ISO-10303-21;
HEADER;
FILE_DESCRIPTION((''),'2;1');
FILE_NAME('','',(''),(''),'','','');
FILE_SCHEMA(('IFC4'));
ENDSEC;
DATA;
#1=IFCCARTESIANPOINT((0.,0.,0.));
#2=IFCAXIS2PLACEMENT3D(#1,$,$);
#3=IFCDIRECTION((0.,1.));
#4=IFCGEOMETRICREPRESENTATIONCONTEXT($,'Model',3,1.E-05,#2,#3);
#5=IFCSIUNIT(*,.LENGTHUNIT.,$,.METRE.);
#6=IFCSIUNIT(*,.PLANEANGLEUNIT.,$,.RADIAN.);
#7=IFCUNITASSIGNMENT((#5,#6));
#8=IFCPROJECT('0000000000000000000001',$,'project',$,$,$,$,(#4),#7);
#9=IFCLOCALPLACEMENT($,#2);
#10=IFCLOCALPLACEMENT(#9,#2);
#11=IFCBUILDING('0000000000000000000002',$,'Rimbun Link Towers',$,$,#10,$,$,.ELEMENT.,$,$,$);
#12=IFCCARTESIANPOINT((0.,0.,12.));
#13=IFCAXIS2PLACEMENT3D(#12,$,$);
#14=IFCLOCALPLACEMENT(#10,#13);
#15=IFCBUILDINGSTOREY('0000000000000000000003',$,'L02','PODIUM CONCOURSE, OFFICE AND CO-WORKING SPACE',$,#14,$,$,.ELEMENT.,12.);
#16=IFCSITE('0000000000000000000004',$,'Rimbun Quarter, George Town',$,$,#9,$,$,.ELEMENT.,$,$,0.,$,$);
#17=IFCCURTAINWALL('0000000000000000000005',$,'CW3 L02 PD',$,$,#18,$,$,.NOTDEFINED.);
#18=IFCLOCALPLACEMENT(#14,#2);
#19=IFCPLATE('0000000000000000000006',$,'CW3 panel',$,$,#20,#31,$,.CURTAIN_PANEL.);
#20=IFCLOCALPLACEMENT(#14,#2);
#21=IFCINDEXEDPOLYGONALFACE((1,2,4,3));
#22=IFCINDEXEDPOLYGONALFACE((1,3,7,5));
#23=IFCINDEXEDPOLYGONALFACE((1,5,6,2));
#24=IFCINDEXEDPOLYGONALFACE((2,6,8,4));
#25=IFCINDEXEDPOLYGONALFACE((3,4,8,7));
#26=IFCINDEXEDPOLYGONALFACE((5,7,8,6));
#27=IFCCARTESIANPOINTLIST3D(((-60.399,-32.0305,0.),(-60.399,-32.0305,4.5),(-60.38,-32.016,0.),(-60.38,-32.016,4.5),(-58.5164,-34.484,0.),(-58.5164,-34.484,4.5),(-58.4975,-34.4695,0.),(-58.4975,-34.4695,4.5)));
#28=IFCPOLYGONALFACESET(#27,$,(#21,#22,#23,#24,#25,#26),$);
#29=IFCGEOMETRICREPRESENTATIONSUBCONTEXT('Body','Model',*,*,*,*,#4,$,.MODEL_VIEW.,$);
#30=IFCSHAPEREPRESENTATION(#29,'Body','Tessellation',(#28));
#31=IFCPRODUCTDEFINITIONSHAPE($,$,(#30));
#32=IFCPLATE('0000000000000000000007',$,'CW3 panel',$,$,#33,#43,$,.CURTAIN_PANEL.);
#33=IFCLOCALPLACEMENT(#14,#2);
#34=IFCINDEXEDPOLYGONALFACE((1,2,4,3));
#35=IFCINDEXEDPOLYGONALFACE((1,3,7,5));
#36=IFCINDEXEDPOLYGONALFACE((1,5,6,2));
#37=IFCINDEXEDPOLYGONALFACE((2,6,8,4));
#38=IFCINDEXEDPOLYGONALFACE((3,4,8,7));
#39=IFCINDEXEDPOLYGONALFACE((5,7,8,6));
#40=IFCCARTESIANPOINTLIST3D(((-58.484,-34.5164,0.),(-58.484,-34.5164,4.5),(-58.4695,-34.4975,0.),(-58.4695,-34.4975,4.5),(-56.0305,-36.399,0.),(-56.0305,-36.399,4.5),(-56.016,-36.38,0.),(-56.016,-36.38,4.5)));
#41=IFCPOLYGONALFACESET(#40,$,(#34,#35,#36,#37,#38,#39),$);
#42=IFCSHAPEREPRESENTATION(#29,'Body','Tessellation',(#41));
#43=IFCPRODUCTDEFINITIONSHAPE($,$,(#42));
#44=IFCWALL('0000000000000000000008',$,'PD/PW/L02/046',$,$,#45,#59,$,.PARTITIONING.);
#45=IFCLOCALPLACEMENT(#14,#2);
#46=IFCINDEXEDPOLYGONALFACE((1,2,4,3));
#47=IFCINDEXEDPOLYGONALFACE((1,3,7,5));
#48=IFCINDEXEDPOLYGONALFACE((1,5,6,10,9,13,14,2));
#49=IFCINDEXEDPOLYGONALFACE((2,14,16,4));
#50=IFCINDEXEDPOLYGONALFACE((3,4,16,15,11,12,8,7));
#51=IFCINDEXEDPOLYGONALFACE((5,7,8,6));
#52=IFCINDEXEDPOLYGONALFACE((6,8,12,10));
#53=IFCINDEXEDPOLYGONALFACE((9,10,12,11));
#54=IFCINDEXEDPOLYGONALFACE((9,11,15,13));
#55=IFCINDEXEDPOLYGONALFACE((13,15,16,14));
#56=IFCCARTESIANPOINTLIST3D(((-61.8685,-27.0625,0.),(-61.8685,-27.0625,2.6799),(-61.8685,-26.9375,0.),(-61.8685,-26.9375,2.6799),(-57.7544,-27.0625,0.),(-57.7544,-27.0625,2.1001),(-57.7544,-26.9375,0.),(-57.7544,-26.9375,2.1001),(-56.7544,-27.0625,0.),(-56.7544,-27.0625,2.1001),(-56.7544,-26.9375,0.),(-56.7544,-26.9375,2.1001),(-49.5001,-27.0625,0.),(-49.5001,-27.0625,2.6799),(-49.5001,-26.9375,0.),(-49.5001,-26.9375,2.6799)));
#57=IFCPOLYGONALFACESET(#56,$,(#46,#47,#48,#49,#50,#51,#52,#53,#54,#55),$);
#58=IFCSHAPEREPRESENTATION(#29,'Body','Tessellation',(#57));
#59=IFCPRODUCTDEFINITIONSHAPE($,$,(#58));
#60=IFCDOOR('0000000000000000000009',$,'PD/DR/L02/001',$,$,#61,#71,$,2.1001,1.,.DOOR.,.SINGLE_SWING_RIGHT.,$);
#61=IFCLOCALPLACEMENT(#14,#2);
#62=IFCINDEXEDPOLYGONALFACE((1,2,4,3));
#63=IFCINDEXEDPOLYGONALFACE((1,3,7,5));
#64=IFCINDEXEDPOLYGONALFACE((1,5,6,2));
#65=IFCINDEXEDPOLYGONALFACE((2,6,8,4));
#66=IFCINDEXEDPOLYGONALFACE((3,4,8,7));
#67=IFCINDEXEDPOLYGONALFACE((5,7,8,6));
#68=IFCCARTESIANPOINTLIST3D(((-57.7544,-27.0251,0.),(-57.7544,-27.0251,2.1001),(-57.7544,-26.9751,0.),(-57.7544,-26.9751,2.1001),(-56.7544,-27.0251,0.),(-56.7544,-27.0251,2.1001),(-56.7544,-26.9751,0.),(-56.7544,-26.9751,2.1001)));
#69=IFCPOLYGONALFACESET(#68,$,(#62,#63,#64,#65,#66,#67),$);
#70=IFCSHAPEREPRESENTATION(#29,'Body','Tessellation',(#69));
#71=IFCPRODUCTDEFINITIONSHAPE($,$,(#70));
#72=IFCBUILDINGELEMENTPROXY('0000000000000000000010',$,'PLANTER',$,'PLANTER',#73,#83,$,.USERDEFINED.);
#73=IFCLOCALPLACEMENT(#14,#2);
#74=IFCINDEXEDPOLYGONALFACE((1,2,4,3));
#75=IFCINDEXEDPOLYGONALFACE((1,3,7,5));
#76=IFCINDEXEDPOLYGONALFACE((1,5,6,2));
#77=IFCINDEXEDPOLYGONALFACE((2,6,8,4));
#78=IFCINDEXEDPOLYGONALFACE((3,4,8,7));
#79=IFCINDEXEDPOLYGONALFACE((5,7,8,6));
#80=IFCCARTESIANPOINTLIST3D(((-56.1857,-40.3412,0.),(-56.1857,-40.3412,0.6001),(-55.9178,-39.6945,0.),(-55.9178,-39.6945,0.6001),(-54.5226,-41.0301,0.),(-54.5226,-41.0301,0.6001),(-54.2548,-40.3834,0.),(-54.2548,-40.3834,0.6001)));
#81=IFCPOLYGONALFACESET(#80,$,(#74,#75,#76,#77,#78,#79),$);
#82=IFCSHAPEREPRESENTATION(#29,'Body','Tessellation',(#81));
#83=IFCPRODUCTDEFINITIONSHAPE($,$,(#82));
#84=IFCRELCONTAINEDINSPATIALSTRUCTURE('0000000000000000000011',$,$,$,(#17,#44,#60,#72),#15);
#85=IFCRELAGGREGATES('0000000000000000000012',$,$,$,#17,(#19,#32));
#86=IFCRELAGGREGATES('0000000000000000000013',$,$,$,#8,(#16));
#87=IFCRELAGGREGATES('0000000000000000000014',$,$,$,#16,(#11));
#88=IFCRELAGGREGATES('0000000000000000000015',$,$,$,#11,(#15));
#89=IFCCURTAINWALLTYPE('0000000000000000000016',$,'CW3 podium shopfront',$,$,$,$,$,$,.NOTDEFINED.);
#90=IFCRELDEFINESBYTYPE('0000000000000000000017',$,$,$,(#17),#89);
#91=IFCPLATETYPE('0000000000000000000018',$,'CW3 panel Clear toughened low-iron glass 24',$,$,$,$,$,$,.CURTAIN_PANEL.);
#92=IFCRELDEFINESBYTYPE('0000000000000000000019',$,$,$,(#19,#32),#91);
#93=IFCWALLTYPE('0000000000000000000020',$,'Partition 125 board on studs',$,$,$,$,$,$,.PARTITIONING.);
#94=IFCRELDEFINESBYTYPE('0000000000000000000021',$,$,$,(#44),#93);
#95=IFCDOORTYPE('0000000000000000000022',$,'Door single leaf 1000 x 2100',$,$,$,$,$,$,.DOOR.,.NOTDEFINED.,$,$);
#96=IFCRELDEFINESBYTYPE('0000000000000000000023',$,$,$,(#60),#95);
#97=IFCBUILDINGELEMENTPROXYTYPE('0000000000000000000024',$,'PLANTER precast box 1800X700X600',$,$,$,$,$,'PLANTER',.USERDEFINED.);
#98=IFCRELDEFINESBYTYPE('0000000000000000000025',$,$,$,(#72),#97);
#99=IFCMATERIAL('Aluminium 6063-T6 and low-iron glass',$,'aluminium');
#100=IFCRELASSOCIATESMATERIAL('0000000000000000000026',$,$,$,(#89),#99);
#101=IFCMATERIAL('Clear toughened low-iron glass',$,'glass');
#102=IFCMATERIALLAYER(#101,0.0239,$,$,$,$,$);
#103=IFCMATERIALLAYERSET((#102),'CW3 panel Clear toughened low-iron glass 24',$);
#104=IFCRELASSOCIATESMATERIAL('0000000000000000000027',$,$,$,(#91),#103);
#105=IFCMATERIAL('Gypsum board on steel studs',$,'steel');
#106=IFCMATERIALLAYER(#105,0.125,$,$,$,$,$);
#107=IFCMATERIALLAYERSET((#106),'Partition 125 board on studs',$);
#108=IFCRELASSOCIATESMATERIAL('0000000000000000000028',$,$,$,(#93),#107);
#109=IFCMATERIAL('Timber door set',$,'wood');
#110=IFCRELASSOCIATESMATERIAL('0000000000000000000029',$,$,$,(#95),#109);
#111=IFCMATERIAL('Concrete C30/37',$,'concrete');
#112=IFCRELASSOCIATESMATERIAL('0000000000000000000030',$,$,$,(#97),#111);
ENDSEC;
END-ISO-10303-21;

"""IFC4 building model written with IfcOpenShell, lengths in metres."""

from ifc_helpers import new_model, si_unit, direction, frame, frame_2d, origin, origin_2d, place, context, subcontext, project, spatial, rectangle, extrude, material, layer, layer_set, type_object, element, fill, aggregate, save


model = new_model("IFC4")

# Units and contexts
model_context = context("Model", 3, precision=1e-05, world=origin(), true_north=direction((0.0, 1.0)))
body_context = subcontext(model_context, "Body", "Model", "MODEL_VIEW")
ifc_project = project(units=[si_unit("LENGTHUNIT", "METRE"), si_unit("PLANEANGLEUNIT", "RADIAN")], contexts=[model_context])

# Site, building, storey
site_placement = place(None, origin())
site = spatial("IfcSite", under=ifc_project, at=site_placement, Name="Rimbun Quarter, George Town", CompositionType="ELEMENT", RefElevation=0.0)
building_placement = place(site_placement, origin())
building = spatial("IfcBuilding", under=site, at=building_placement, Name="Rimbun Link Towers", CompositionType="ELEMENT")
storey_placement = place(building_placement, frame((0.0, 0.0, 12.0)))
storey = spatial("IfcBuildingStorey", under=building, at=storey_placement, Name="L02", Description="PODIUM CONCOURSE, OFFICE AND CO-WORKING SPACE", CompositionType="ELEMENT", Elevation=12.0)

# Curtain wall
ifc_material_1 = material(Name="Aluminium 6063-T6 and low-iron glass", Category="aluminium")
curtain_wall_type = type_object("IfcCurtainWallType", Name="CW3 podium shopfront", PredefinedType="NOTDEFINED", material=ifc_material_1)
curtain_wall_placement = place(storey_placement, origin())
curtain_wall = element("IfcCurtainWall", 1, at=curtain_wall_placement, inside=storey, type_object=curtain_wall_type, Name="CW3 L02 PD", PredefinedType="NOTDEFINED")

# Plates
ifc_material_2 = material(Name="Clear toughened low-iron glass", Category="glass")
ifc_layer_1 = layer(ifc_material_2, 0.0239)
ifc_layer_set_1 = layer_set([ifc_layer_1], Name="CW3 panel Clear toughened low-iron glass 24")
plate_type = type_object("IfcPlateType", Name="CW3 panel Clear toughened low-iron glass 24", PredefinedType="CURTAIN_PANEL", material=ifc_layer_set_1)
plate_1_placement = place(storey_placement, frame((-59.4482, -33.25, 0.0), z_axis=(0.0, 0.0, 1.0), x_axis=(-0.608754, 0.793359, 0.0)))
plate_1 = element("IfcPlate", 2, at=plate_1_placement, type_object=plate_type, Name="CW3 panel", PredefinedType="CURTAIN_PANEL", context=body_context, shape_type="SweptSolid", body=[
    extrude(rectangle(XDim=3.0925, YDim=0.0239, at=origin_2d()), origin(), (0.0, 0.0, 1.0), 4.5),
])
plate_2_placement = place(storey_placement, frame((-57.25, -35.4482, 0.0), z_axis=(0.0, 0.0, 1.0), x_axis=(-0.793359, 0.608754, 0.0)))
plate_2 = element("IfcPlate", 3, at=plate_2_placement, type_object=plate_type, Name="CW3 panel", PredefinedType="CURTAIN_PANEL", context=body_context, shape_type="SweptSolid", body=[
    extrude(rectangle(XDim=3.0925, YDim=0.0239, at=origin_2d()), origin(), (0.0, 0.0, 1.0), 4.5),
])
aggregate(curtain_wall, [plate_1, plate_2])

# Wall, opening, door
ifc_material_3 = material(Name="Gypsum board on steel studs", Category="steel")
ifc_layer_2 = layer(ifc_material_3, 0.125)
ifc_layer_set_2 = layer_set([ifc_layer_2], Name="Partition 125 board on studs")
wall_type = type_object("IfcWallType", Name="Partition 125 board on studs", PredefinedType="PARTITIONING", material=ifc_layer_set_2)
wall_placement = place(storey_placement, frame((-61.8684, -27.0, 0.0), z_axis=(0.0, 0.0, 1.0), x_axis=(1.0, 0.0, 0.0)))
wall = element("IfcWall", 4, at=wall_placement, inside=storey, type_object=wall_type, Name="PD/PW/L02/046", PredefinedType="PARTITIONING", context=body_context, shape_type="SweptSolid", body=[
    extrude(rectangle(XDim=12.3684, YDim=0.125, at=frame_2d((6.1841, 0.0))), origin(), (0.0, 0.0, 1.0), 2.6799),
])
opening_placement = place(wall_placement, frame((4.114, 0.0, 0.0)))
opening = element("IfcOpeningElement", 5, at=opening_placement, cuts=wall, PredefinedType="OPENING", context=body_context, shape_type="SweptSolid", body=[
    extrude(rectangle(XDim=1.0, YDim=2.1001, at=frame_2d((0.5, 1.05))), frame((0.0, 0.0725, 0.0), z_axis=(0.0, -1.0, 0.0), x_axis=(1.0, 0.0, 0.0)), (0.0, 0.0, 1.0), 0.145),
])
ifc_material_4 = material(Name="Timber door set", Category="wood")
door_type = type_object("IfcDoorType", Name="Door single leaf 1000 x 2100", OperationType="NOTDEFINED", PredefinedType="DOOR", material=ifc_material_4)
door_placement = place(opening_placement, origin())
door = element("IfcDoor", 6, at=door_placement, inside=storey, type_object=door_type, Name="PD/DR/L02/001", OperationType="SINGLE_SWING_RIGHT", OverallHeight=2.1001, OverallWidth=1.0, PredefinedType="DOOR", context=body_context, shape_type="SweptSolid", body=[
    extrude(rectangle(XDim=1.0, YDim=2.1001, at=frame_2d((0.5, 1.05))), frame((0.0, 0.0249, 0.0), z_axis=(0.0, -1.0, 0.0), x_axis=(1.0, 0.0, 0.0)), (0.0, 0.0, 1.0), 0.05),
])
fill(opening, door)

# Building element proxy
ifc_material_5 = material(Name="Concrete C30/37", Category="concrete")
building_element_proxy_type = type_object("IfcBuildingElementProxyType", Name="PLANTER precast box 1800X700X600", ElementType="PLANTER", PredefinedType="USERDEFINED", material=ifc_material_5)
proxy_placement = place(storey_placement, frame((-55.2202, -40.3623, 0.0), z_axis=(0.0, 0.0, 1.0), x_axis=(0.923881, -0.382679, 0.0)))
element("IfcBuildingElementProxy", 7, at=proxy_placement, inside=storey, type_object=building_element_proxy_type, Name="PLANTER", ObjectType="PLANTER", PredefinedType="USERDEFINED", context=body_context, shape_type="SweptSolid", body=[
    extrude(rectangle(XDim=1.8, YDim=0.7, at=origin_2d()), origin(), (0.0, 0.0, 1.0), 0.6001),
])

save(model, "model.ifc")
